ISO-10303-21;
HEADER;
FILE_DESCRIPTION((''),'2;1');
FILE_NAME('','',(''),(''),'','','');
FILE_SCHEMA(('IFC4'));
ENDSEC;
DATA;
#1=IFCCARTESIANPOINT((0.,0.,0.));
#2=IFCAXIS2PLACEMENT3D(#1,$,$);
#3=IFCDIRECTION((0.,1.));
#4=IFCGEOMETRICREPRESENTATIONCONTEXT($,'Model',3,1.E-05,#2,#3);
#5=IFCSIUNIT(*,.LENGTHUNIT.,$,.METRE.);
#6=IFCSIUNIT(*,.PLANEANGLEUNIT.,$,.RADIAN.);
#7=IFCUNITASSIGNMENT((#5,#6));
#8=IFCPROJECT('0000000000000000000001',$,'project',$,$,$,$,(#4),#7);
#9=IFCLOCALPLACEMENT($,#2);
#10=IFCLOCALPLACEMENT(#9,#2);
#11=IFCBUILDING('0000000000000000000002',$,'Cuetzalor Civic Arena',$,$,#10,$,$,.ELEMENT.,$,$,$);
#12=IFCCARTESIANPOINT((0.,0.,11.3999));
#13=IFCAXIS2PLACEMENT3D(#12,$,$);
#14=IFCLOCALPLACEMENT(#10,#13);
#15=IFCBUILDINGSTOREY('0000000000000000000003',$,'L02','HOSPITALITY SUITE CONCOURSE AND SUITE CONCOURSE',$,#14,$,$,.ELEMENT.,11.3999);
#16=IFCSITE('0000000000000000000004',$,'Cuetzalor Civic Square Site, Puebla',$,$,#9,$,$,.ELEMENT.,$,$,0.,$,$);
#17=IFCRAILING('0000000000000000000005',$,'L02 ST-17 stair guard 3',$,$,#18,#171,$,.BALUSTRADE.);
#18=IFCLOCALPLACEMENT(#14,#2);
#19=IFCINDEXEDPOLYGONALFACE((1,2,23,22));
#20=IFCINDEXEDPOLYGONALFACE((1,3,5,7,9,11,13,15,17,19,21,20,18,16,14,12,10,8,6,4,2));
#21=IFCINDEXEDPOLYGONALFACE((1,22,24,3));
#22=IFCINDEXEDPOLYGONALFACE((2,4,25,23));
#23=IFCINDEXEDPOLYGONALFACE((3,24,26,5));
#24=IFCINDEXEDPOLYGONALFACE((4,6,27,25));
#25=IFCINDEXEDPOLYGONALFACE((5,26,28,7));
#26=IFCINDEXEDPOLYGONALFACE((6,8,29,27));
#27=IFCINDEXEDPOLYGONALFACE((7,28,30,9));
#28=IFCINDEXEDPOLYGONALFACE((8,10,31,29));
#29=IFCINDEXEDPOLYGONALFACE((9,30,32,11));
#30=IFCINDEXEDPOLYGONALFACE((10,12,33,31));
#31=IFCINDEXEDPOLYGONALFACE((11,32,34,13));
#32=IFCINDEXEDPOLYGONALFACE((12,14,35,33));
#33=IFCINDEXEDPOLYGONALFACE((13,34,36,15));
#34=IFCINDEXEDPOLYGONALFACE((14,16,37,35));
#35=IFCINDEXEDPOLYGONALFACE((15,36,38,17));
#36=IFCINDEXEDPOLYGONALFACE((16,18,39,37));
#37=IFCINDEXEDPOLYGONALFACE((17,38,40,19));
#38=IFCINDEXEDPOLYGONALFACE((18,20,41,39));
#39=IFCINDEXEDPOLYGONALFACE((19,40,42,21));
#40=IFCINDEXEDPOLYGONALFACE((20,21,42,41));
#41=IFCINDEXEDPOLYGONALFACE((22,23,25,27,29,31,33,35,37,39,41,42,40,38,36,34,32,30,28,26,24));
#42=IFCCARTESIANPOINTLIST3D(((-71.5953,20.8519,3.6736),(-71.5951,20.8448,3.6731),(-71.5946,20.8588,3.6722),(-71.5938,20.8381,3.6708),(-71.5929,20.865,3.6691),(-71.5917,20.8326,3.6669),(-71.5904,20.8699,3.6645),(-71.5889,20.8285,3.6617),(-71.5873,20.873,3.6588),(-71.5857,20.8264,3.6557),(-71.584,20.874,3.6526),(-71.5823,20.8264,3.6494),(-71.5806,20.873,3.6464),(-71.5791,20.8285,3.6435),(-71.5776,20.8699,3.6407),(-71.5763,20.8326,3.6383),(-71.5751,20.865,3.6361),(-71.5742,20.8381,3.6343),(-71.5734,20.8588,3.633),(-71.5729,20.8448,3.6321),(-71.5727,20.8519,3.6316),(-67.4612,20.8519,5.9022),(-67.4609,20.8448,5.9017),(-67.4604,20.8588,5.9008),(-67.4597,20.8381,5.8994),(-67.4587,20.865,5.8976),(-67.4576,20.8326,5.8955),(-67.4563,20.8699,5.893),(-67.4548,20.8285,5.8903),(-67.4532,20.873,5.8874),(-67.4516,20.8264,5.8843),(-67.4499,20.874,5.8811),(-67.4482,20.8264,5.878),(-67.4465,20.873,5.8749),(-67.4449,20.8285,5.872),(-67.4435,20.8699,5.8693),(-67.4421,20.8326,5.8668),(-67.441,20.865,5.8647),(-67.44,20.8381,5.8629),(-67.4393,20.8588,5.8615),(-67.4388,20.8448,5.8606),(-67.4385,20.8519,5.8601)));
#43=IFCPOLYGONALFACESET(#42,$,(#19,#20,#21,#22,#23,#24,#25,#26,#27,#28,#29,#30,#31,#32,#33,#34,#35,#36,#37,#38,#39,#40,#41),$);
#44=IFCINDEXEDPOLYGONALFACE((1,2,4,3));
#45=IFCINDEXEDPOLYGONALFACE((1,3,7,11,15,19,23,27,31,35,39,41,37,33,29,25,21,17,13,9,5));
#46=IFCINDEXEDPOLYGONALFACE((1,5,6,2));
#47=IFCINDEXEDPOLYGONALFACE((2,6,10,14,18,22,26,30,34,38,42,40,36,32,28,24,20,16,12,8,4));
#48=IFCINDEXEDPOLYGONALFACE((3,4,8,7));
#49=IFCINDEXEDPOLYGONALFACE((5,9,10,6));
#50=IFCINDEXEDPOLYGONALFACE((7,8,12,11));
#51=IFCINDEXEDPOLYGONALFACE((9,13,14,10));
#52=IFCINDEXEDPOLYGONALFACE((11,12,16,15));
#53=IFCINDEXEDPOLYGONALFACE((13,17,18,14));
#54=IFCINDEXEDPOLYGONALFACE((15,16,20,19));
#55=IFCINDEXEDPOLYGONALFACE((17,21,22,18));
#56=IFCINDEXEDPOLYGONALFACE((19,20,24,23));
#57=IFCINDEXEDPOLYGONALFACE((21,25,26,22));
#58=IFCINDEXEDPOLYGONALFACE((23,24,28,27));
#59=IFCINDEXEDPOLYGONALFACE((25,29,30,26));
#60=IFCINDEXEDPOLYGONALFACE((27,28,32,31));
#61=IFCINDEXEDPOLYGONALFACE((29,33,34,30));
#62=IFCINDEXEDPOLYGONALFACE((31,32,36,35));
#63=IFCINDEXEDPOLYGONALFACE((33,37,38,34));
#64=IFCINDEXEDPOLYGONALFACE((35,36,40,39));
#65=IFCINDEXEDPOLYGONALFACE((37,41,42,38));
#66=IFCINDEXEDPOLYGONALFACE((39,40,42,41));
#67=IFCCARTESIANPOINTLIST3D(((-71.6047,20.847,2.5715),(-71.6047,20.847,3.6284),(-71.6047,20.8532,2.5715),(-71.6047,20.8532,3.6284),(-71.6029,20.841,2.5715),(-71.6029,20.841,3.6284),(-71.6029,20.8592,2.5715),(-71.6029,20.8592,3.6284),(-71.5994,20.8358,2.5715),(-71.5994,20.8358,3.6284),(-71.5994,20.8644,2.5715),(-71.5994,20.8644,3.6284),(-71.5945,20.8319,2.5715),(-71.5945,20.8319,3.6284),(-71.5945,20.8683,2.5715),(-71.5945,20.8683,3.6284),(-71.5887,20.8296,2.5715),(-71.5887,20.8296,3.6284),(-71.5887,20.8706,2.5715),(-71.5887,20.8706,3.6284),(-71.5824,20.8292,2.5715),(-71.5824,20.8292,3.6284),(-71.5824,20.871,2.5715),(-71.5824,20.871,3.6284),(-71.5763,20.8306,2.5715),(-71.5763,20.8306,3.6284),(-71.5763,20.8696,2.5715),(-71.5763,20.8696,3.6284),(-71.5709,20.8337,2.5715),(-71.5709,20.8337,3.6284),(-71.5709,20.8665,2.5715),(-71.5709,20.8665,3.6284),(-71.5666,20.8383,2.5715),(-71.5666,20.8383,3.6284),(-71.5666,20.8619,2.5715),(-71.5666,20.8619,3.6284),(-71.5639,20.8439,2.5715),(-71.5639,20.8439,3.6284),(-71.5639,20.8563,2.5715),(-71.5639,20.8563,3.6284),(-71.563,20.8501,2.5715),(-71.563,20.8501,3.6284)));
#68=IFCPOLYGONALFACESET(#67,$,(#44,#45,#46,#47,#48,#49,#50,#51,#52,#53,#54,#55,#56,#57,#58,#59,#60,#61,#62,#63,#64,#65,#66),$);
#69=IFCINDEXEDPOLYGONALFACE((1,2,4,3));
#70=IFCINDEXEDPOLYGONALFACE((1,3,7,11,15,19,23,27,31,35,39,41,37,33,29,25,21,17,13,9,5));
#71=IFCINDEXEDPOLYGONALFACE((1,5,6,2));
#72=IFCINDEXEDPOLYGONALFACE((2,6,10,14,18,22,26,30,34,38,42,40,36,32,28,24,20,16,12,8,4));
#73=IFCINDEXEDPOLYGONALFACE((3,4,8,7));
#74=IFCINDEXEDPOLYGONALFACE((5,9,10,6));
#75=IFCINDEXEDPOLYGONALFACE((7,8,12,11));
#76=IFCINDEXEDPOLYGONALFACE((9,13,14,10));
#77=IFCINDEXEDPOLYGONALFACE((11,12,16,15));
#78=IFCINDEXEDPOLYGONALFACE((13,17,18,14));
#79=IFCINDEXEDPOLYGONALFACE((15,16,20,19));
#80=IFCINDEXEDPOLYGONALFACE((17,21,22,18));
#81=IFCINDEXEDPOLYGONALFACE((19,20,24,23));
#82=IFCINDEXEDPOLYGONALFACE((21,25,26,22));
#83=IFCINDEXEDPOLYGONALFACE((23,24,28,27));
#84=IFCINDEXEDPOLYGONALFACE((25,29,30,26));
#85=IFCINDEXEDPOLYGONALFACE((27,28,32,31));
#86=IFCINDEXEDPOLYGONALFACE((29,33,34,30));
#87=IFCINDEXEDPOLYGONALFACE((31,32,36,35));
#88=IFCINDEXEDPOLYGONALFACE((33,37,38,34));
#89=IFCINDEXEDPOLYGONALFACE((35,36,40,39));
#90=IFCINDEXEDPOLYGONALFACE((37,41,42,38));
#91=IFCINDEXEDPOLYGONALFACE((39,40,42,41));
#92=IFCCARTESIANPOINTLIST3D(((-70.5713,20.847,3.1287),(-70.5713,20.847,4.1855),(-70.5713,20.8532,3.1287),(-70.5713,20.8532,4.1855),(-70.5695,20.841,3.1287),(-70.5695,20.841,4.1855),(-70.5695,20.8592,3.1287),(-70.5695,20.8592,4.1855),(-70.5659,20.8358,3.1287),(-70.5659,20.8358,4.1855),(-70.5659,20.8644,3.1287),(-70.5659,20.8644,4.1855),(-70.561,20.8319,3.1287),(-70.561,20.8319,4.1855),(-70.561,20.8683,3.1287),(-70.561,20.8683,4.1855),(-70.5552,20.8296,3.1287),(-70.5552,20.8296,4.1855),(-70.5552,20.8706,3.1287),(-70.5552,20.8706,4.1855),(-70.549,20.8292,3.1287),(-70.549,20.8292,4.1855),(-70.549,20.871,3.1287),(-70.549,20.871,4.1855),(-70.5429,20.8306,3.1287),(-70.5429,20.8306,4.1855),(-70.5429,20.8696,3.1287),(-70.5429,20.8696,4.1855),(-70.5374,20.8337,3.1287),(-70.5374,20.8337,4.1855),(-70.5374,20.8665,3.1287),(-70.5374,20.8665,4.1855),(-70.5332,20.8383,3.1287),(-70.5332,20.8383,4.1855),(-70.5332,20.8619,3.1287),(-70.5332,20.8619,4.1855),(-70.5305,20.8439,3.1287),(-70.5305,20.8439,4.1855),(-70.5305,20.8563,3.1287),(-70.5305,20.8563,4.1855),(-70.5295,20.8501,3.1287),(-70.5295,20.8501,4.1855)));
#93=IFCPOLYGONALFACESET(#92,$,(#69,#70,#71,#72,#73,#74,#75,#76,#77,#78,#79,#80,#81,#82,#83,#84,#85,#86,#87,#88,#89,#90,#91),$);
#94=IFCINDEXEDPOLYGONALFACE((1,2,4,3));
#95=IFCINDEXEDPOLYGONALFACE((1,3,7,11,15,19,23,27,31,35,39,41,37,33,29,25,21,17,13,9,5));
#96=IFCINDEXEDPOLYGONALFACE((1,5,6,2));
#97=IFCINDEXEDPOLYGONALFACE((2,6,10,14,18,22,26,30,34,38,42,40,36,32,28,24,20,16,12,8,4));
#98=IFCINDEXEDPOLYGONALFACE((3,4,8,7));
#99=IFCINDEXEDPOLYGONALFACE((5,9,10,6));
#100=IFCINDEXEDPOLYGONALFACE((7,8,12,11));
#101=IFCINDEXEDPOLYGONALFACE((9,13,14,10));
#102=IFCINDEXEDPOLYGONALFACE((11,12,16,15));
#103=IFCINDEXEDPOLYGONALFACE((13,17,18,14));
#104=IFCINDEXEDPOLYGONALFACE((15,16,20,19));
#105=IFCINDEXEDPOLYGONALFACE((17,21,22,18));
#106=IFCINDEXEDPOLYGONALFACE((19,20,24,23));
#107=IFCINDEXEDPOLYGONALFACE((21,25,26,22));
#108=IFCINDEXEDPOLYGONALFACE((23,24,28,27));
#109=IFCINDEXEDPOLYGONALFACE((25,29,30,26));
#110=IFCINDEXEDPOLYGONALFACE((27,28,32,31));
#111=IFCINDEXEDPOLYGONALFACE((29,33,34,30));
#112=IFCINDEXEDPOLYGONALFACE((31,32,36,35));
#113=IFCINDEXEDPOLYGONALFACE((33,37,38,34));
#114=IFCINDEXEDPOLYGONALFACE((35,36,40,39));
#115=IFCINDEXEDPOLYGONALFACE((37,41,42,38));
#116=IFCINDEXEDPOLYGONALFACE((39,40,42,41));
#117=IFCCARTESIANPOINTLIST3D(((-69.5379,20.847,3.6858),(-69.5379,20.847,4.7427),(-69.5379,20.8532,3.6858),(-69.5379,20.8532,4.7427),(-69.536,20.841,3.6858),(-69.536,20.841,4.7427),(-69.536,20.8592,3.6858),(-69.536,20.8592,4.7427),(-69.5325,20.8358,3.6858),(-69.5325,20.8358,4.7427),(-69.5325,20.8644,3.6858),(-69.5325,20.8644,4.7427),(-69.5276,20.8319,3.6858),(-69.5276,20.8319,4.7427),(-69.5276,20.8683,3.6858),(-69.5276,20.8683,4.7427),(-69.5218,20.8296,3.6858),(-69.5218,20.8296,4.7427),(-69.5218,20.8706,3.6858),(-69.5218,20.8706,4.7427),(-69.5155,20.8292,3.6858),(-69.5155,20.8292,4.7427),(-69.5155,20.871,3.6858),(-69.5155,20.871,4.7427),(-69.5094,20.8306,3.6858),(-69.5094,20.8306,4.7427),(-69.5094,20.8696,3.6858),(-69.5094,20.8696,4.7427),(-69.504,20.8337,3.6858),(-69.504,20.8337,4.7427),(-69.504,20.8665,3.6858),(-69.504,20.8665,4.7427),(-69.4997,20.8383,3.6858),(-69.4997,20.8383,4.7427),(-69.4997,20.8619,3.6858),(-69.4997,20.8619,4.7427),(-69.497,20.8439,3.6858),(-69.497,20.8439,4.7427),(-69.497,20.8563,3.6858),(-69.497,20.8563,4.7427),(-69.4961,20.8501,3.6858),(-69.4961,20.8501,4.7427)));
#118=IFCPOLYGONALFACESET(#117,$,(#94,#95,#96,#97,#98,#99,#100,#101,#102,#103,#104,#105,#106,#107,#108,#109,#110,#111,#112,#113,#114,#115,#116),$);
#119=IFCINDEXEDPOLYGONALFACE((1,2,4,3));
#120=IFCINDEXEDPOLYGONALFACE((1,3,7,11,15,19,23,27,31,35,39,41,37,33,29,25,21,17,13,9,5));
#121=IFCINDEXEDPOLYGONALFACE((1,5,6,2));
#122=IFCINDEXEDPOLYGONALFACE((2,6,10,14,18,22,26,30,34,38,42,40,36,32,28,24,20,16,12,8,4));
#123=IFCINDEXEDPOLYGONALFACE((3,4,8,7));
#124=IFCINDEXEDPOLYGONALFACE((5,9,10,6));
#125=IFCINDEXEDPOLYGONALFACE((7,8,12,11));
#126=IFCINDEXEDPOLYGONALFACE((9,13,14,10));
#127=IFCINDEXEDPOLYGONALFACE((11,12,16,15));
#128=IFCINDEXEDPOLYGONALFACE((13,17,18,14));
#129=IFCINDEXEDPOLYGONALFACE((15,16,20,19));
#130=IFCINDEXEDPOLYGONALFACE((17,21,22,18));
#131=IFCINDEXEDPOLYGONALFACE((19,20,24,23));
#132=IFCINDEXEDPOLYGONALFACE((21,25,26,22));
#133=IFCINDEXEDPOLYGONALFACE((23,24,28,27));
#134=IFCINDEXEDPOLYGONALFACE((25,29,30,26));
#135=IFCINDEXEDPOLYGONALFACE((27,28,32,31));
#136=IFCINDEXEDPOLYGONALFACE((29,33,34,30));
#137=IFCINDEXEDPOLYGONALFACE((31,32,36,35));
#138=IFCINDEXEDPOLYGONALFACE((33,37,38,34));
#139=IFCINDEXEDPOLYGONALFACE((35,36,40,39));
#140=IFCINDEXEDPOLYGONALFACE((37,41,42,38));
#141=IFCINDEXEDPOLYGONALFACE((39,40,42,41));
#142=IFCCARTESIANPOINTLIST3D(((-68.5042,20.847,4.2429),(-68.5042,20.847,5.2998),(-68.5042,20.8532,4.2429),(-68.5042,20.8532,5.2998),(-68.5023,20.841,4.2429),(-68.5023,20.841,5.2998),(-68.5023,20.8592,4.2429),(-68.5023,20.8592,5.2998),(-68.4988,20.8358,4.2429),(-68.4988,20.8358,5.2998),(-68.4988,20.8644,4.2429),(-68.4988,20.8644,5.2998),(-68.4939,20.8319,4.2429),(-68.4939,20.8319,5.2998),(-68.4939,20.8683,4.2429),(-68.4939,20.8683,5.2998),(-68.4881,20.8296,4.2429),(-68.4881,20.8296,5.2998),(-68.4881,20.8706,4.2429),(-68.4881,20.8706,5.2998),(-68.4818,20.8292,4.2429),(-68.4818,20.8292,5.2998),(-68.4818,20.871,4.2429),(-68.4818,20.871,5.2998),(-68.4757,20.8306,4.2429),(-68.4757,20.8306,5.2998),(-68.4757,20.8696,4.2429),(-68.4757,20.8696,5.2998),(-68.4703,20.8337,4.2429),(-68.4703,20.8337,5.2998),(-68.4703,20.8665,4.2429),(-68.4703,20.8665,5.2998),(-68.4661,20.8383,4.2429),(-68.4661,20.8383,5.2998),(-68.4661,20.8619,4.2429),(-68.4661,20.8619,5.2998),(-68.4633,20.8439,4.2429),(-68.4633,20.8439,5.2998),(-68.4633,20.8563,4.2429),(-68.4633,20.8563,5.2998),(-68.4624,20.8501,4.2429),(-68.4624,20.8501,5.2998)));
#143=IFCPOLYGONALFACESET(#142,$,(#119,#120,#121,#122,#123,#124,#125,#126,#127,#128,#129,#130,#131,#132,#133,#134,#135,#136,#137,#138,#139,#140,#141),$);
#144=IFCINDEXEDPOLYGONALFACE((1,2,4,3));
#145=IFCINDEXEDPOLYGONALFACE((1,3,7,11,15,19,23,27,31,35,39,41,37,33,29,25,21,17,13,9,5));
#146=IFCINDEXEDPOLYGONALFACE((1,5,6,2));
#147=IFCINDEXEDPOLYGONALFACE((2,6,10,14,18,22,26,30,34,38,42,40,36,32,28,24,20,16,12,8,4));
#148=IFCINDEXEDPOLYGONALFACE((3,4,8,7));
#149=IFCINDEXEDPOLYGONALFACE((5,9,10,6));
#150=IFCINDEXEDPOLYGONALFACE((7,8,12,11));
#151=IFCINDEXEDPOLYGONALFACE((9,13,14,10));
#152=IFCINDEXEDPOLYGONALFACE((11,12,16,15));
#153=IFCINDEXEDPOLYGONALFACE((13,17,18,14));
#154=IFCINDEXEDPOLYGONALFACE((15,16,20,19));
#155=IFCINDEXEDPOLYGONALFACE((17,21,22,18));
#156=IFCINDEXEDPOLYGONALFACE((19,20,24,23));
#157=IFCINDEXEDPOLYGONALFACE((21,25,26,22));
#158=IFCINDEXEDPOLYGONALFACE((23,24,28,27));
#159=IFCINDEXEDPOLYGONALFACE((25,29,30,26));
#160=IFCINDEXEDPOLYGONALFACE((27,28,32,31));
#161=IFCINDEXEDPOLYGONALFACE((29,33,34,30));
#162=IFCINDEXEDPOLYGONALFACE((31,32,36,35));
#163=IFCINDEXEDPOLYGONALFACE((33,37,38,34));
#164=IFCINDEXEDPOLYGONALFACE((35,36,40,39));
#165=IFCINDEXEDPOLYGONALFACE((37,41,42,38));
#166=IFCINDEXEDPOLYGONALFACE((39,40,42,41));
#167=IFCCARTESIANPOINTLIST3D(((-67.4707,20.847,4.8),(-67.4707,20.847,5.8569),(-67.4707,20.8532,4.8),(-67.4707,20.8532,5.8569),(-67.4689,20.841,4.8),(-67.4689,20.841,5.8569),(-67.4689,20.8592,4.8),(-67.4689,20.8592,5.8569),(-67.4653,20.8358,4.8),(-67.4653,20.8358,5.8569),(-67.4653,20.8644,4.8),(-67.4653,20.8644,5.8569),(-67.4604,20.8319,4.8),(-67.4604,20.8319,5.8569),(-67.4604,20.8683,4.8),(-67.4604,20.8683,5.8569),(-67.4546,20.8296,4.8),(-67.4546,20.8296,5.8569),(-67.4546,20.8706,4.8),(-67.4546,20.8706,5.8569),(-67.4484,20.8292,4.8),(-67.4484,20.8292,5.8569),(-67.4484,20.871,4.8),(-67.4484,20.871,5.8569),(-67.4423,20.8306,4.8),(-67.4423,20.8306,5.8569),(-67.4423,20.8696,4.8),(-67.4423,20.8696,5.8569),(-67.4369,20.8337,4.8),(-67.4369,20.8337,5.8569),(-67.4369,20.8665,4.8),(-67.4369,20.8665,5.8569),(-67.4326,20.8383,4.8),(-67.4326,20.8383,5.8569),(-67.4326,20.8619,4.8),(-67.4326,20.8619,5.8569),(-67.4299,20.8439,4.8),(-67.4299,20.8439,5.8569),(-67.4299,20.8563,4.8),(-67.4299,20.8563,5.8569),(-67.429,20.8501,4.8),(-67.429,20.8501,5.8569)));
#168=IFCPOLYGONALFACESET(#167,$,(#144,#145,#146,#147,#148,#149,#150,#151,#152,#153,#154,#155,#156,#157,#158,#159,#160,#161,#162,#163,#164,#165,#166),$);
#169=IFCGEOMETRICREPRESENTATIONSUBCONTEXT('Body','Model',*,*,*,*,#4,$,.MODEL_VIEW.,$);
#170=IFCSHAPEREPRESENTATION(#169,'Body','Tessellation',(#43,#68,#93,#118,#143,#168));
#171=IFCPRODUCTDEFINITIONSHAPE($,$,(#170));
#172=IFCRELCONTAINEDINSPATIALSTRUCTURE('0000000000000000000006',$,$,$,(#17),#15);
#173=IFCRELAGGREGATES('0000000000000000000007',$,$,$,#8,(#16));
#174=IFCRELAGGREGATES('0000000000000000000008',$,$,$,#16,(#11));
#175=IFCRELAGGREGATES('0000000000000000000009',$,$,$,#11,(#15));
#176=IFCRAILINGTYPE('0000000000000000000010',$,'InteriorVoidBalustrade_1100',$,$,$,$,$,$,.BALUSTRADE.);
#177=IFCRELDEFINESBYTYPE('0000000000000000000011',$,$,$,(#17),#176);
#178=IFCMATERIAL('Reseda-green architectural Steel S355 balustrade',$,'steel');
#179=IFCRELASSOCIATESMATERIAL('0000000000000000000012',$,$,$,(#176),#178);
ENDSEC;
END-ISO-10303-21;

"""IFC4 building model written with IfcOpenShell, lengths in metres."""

from ifc_helpers import new_model, si_unit, direction, frame, origin, origin_2d, place, context, subcontext, project, spatial, circle, extrude, material, type_object, element, save


model = new_model("IFC4")

# Units and contexts
model_context = context("Model", 3, precision=1e-05, world=origin(), true_north=direction((0.0, 1.0)))
body_context = subcontext(model_context, "Body", "Model", "MODEL_VIEW")
ifc_project = project(units=[si_unit("LENGTHUNIT", "METRE"), si_unit("PLANEANGLEUNIT", "RADIAN")], contexts=[model_context])

# Site, building, storey
site_placement = place(None, origin())
site = spatial("IfcSite", under=ifc_project, at=site_placement, Name="Cuetzalor Civic Square Site, Puebla", CompositionType="ELEMENT", RefElevation=0.0)
building_placement = place(site_placement, origin())
building = spatial("IfcBuilding", under=site, at=building_placement, Name="Cuetzalor Civic Arena", CompositionType="ELEMENT")
storey_placement = place(building_placement, frame((0.0, 0.0, 11.3999)))
storey = spatial("IfcBuildingStorey", under=building, at=storey_placement, Name="L02", Description="HOSPITALITY SUITE CONCOURSE AND SUITE CONCOURSE", CompositionType="ELEMENT", Elevation=11.3999)

# Railing
ifc_material_1 = material(Name="Reseda-green architectural Steel S355 balustrade", Category="steel")
railing_type_1 = type_object("IfcRailingType", Name="InteriorVoidBalustrade_1100", PredefinedType="BALUSTRADE", material=ifc_material_1)
railing_1_placement = place(storey_placement, frame((-71.584, 20.8501, 2.5715)))
element("IfcRailing", 1, at=railing_1_placement, inside=storey, type_object=railing_type_1, Name="L02 ST-17 stair guard 3", PredefinedType="BALUSTRADE", context=body_context, shape_type="SweptSolid", body=[
    extrude(circle(Radius=0.0239, at=origin_2d()), frame((0.0, 0.0, 1.0811), z_axis=(0.880249, 0.0, 0.474512), x_axis=(0.0, 1.0, 0.0)), (0.0, 0.0, 1.0), 4.6965),
    extrude(circle(Radius=0.021, at=origin_2d()), origin(), (0.0, 0.0, 1.0), 1.0569),
    extrude(circle(Radius=0.021, at=origin_2d()), frame((1.0334, 0.0, 0.5571)), (0.0, 0.0, 1.0), 1.0569),
    extrude(circle(Radius=0.021, at=origin_2d()), frame((2.0669, 0.0, 1.1143)), (0.0, 0.0, 1.0), 1.0569),
    extrude(circle(Radius=0.021, at=origin_2d()), frame((3.1006, 0.0, 1.6714)), (0.0, 0.0, 1.0), 1.0569),
    extrude(circle(Radius=0.021, at=origin_2d()), frame((4.134, 0.0, 2.2285)), (0.0, 0.0, 1.0), 1.0569),
])

save(model, "model.ifc")
